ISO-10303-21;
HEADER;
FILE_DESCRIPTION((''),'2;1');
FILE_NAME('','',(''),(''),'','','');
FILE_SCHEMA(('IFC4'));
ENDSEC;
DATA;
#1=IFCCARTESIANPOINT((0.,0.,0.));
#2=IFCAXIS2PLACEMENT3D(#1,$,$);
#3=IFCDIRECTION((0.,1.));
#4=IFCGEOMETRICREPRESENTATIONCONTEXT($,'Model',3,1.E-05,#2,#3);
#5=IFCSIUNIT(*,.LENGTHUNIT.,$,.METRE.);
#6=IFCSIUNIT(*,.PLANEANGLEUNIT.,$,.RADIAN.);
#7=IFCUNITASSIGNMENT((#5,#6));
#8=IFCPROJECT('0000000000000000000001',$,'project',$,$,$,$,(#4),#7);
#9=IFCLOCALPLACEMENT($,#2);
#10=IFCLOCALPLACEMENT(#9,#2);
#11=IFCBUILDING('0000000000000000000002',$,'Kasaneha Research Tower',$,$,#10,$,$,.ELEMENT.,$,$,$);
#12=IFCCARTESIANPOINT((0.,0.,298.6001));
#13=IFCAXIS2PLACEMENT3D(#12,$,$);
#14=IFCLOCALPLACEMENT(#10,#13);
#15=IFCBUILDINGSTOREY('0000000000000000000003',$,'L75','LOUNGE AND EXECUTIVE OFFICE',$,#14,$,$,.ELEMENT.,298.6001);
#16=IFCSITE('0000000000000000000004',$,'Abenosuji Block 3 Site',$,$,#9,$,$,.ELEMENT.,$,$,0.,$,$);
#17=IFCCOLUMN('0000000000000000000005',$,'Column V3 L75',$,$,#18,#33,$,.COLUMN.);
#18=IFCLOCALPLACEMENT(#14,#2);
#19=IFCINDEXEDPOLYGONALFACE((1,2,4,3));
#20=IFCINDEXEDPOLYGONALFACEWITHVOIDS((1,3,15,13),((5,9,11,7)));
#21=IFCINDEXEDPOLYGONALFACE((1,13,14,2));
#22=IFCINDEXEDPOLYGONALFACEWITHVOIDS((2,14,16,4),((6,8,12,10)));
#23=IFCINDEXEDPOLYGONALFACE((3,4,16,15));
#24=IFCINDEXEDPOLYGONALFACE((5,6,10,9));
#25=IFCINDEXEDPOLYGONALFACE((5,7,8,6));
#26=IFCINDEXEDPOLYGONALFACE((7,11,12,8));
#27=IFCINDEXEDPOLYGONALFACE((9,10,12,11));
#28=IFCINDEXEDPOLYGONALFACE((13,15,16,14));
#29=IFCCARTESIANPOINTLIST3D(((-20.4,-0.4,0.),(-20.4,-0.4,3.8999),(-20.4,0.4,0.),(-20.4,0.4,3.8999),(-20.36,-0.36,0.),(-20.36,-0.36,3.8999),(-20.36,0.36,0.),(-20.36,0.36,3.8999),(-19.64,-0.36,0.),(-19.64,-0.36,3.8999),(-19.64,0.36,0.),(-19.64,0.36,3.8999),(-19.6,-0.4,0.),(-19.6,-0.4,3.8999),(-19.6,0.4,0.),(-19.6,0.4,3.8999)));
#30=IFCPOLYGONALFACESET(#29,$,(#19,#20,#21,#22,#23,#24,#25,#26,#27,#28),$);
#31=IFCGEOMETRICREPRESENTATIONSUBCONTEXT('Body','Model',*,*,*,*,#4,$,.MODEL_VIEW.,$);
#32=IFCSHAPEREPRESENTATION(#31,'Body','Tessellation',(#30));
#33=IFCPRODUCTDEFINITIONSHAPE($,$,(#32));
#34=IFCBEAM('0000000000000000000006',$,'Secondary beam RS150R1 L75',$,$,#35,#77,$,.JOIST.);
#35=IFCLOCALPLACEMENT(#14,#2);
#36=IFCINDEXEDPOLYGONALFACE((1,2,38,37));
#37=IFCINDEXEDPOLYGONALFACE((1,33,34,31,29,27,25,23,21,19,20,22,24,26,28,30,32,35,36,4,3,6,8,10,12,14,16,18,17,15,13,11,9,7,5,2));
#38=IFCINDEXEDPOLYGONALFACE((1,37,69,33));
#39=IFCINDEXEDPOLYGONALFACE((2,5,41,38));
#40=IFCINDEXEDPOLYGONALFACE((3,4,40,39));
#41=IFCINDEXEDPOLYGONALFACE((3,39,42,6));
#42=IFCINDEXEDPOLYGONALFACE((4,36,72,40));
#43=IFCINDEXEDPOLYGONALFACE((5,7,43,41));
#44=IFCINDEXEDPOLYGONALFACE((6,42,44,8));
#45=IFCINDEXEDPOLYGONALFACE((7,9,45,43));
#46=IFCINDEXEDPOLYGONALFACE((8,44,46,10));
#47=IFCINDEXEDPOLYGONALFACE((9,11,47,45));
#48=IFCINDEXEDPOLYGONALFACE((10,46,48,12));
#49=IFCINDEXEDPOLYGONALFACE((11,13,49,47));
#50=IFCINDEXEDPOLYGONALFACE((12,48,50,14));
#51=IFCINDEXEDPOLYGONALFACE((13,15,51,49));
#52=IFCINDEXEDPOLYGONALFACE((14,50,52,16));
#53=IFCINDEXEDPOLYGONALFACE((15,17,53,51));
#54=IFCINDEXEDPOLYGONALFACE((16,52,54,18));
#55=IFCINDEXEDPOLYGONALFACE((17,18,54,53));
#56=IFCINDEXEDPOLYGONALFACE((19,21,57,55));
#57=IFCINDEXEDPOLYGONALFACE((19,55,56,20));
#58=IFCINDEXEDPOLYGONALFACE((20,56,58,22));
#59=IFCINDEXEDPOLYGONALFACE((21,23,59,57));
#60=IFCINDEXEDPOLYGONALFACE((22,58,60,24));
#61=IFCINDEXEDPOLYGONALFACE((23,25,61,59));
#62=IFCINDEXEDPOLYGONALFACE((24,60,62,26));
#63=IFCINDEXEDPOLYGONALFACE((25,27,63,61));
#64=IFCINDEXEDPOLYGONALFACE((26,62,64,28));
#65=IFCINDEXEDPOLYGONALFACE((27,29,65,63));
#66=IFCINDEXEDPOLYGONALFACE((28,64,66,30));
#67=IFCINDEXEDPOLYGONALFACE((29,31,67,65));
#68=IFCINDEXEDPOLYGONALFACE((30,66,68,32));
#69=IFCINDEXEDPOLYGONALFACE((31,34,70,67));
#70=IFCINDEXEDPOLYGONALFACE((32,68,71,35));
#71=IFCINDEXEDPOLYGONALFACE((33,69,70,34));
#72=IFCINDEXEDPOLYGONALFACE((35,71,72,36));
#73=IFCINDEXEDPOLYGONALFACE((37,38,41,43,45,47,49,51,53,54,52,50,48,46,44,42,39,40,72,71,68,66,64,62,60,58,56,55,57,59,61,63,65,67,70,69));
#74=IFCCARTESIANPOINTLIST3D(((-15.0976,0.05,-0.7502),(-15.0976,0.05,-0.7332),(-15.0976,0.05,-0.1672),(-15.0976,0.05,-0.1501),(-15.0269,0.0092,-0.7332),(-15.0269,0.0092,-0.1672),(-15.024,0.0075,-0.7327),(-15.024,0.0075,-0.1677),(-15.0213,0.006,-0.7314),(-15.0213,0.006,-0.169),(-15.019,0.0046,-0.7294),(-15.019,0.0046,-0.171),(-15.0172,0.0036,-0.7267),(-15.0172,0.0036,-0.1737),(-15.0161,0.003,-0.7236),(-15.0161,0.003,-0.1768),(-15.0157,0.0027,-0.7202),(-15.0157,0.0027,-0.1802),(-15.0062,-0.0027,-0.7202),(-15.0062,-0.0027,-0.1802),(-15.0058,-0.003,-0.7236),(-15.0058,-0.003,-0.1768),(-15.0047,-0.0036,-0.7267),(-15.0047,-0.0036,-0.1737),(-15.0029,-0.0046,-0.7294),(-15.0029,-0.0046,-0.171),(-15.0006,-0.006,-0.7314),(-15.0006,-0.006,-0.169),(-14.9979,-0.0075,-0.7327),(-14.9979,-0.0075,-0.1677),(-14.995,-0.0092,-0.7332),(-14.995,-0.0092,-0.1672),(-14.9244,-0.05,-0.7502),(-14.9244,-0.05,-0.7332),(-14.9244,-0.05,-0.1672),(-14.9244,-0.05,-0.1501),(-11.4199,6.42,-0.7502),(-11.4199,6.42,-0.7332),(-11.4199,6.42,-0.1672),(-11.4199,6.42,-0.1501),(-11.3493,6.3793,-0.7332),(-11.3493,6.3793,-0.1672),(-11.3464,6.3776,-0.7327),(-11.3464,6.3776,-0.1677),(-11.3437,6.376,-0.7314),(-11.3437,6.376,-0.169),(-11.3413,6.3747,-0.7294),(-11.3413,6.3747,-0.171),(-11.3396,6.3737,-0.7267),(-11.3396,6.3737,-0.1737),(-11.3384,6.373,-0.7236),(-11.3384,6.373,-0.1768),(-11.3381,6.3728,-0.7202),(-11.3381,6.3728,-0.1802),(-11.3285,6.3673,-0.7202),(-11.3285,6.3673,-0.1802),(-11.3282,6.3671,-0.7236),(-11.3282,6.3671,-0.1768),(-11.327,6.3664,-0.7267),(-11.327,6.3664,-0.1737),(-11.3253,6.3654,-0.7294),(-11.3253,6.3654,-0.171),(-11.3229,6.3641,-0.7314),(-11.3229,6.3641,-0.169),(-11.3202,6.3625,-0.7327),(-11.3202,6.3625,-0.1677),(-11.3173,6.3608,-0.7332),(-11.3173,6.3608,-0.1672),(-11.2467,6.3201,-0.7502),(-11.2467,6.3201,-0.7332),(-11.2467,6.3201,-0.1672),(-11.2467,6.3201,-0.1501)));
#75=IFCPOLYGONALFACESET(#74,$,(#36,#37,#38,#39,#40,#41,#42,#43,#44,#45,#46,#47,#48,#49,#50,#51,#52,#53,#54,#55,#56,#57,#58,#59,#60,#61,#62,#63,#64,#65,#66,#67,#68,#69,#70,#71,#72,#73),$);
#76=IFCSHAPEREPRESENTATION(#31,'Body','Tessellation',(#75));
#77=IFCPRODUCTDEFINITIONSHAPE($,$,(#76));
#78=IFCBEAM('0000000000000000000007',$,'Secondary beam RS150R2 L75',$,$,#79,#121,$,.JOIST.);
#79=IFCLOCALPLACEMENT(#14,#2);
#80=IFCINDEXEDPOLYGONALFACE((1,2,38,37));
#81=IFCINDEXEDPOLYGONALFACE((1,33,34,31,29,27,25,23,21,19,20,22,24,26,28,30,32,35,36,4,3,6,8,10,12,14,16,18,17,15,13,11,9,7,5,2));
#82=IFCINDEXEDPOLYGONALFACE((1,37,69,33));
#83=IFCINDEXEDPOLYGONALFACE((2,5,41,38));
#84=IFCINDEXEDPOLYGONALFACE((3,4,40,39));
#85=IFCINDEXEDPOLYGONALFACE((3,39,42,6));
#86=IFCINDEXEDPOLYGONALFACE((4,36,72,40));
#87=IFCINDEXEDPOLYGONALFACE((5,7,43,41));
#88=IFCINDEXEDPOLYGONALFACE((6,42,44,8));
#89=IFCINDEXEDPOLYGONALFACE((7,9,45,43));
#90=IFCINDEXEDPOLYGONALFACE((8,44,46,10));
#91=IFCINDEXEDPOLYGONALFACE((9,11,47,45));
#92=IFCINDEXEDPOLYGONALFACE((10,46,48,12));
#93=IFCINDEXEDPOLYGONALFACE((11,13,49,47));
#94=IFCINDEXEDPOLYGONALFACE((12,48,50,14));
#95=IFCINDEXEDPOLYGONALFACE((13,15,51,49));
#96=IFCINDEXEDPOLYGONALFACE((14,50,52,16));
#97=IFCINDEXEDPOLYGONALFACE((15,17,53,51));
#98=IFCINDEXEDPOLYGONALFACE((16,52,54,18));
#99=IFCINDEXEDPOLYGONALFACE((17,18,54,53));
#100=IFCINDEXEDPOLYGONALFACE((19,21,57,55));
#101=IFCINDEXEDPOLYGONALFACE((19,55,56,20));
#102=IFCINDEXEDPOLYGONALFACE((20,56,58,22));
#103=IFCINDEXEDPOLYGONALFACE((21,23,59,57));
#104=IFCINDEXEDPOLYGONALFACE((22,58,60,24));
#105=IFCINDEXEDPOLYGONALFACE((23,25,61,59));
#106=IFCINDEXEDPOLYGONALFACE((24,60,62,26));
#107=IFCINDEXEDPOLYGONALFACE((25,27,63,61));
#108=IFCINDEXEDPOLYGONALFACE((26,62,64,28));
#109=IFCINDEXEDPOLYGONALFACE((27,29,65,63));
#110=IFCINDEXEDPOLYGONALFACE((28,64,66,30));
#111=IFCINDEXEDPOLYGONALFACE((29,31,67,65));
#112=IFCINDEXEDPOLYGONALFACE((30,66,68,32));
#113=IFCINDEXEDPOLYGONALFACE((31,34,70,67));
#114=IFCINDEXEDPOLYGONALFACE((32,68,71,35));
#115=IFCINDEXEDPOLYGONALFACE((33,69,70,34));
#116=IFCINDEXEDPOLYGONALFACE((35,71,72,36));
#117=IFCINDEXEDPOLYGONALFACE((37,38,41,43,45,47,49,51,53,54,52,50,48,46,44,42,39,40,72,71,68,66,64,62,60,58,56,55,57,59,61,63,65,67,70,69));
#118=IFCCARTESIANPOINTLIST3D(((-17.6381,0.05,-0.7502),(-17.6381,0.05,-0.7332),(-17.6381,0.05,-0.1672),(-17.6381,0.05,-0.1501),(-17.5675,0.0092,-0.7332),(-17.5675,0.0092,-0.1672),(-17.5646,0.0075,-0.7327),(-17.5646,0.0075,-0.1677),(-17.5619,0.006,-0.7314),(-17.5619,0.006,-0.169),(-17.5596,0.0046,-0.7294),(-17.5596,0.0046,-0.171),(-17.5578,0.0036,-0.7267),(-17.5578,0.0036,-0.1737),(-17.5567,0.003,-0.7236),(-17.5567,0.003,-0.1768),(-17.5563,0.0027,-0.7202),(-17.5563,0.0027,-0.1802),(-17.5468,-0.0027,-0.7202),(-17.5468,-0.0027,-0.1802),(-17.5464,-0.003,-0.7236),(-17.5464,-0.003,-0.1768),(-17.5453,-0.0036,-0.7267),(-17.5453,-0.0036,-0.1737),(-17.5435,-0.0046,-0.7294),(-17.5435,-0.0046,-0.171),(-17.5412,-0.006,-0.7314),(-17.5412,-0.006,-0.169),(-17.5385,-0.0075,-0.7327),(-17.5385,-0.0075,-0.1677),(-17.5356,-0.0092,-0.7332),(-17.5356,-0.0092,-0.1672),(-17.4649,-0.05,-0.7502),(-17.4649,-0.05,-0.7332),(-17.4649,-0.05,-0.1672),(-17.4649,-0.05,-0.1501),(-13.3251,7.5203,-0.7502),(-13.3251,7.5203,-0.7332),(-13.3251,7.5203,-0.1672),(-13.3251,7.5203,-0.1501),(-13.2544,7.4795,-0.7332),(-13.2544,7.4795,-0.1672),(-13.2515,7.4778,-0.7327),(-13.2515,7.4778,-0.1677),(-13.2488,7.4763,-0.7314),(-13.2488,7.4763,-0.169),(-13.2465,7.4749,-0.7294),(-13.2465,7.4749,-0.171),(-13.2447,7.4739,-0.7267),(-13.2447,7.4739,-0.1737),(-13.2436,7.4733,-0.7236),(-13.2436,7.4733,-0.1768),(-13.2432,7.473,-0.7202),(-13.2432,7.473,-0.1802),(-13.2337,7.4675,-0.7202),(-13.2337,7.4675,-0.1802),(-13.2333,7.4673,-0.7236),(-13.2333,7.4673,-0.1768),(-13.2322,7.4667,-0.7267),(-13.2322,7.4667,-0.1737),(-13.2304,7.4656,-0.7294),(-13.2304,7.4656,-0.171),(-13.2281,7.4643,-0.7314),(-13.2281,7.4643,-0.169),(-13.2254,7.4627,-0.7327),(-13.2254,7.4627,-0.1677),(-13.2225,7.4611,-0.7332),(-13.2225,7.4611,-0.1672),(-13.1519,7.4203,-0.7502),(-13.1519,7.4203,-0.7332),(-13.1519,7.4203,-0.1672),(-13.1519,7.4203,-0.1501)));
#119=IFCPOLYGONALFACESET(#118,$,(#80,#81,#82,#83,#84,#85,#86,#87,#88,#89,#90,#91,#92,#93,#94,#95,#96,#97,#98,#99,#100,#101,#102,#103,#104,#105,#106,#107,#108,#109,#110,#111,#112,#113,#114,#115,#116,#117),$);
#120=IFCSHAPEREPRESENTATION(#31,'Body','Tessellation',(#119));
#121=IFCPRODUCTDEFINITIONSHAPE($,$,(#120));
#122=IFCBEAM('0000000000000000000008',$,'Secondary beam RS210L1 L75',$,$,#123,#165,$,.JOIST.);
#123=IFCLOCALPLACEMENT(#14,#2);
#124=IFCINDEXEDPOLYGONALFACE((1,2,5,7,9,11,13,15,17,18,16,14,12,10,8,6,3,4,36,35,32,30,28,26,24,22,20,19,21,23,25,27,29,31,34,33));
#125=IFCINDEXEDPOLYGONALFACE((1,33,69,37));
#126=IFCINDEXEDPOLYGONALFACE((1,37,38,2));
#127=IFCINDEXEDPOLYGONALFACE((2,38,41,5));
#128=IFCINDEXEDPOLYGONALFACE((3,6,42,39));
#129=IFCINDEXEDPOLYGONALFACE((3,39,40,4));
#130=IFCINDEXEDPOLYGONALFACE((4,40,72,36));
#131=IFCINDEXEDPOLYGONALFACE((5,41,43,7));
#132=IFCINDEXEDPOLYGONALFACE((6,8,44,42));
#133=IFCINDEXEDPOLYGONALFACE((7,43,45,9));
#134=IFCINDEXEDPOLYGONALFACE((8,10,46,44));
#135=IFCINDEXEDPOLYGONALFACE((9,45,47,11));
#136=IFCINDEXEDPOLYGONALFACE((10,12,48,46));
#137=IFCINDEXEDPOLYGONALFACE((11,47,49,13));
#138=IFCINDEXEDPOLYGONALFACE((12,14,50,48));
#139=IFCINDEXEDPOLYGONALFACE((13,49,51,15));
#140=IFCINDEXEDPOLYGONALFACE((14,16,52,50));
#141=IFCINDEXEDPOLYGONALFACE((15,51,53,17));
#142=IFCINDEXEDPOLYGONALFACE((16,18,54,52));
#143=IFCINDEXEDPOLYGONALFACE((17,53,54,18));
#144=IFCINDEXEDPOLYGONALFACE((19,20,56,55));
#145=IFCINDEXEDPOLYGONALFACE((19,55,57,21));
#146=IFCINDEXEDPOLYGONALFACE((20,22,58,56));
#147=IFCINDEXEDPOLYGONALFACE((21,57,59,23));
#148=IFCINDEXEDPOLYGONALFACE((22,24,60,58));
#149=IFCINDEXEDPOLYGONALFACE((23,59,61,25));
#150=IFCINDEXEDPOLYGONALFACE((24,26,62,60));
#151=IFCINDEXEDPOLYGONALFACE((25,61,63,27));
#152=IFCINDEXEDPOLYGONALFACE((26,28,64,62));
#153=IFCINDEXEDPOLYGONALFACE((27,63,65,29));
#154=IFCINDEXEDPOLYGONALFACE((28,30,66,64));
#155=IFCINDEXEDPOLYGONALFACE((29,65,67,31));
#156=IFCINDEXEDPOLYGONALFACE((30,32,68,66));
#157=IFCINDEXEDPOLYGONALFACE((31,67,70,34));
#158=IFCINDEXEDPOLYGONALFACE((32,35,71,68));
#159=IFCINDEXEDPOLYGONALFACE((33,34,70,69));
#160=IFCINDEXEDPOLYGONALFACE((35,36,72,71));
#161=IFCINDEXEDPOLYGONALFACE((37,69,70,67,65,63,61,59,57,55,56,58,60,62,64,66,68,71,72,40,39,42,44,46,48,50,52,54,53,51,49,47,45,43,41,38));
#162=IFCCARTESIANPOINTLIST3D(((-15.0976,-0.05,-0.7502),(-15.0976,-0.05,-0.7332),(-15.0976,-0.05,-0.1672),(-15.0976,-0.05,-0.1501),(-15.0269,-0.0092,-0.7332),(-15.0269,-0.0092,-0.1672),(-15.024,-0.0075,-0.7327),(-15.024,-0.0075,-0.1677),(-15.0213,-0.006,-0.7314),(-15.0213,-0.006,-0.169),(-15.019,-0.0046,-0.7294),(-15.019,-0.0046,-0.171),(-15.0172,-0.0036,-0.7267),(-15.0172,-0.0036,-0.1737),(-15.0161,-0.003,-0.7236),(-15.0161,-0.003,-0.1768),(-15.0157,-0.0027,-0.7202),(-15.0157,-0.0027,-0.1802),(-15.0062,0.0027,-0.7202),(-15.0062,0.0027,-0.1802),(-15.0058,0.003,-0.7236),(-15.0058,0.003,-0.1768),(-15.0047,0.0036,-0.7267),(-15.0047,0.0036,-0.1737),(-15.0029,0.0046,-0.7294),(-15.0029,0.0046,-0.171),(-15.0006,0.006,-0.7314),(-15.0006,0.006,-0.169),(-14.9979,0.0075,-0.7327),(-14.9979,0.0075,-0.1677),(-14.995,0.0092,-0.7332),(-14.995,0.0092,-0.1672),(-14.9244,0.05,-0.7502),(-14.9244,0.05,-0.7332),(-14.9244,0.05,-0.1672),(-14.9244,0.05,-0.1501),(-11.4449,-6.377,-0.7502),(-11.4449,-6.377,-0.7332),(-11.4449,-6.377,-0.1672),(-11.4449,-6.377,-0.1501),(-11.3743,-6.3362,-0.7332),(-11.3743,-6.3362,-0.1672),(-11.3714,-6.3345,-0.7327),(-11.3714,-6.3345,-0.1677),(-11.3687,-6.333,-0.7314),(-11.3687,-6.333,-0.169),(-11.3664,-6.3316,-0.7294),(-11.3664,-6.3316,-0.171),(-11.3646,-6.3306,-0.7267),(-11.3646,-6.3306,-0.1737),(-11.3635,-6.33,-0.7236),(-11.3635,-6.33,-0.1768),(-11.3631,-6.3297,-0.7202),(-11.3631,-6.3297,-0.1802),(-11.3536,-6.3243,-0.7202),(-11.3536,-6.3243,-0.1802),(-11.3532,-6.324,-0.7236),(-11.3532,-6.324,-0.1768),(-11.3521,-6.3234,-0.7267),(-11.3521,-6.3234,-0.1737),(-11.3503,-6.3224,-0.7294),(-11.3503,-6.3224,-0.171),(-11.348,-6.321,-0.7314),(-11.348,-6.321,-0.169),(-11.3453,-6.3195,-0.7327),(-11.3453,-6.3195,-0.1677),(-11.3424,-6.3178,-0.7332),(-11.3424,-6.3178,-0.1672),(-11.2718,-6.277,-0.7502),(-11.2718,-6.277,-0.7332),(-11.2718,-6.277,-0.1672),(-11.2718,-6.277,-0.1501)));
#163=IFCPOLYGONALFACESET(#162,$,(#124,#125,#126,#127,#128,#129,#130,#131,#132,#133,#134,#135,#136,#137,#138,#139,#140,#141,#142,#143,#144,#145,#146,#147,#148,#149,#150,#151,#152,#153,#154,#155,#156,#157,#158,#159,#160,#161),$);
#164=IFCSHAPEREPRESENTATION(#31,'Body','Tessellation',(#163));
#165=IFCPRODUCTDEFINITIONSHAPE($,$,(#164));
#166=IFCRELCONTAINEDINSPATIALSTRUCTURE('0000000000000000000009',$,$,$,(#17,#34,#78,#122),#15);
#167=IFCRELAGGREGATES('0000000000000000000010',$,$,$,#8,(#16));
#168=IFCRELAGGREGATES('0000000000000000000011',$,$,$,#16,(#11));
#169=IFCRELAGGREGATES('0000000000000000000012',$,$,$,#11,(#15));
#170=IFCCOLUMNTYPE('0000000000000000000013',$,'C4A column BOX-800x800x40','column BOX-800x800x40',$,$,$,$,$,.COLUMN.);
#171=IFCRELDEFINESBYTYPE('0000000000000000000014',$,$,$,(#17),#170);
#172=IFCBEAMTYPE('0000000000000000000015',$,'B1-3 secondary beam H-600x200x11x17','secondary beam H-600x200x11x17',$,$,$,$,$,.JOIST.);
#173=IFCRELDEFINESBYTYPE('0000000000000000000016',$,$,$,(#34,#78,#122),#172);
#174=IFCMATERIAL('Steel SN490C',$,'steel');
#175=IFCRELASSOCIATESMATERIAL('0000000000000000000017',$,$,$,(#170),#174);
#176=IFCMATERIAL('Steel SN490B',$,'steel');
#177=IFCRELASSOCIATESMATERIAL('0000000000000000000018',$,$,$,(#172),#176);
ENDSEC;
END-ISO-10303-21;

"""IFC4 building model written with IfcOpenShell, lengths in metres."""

from ifc_helpers import new_model, si_unit, direction, frame, origin, origin_2d, place, context, subcontext, project, spatial, hollow_rectangle, i_section, extrude, material, material_profile, profile_set, type_object, element, save


model = new_model("IFC4")

# Units and contexts
model_context = context("Model", 3, precision=1e-05, world=origin(), true_north=direction((0.0, 1.0)))
body_context = subcontext(model_context, "Body", "Model", "MODEL_VIEW")
ifc_project = project(units=[si_unit("LENGTHUNIT", "METRE"), si_unit("PLANEANGLEUNIT", "RADIAN")], contexts=[model_context])

# Site, building, storey
site_placement = place(None, origin())
site = spatial("IfcSite", under=ifc_project, at=site_placement, Name="Abenosuji Block 3 Site", CompositionType="ELEMENT", RefElevation=0.0)
building_placement = place(site_placement, origin())
building = spatial("IfcBuilding", under=site, at=building_placement, Name="Kasaneha Research Tower", CompositionType="ELEMENT")
storey_placement = place(building_placement, frame((0.0, 0.0, 298.6001)))
storey = spatial("IfcBuildingStorey", under=building, at=storey_placement, Name="L75", Description="LOUNGE AND EXECUTIVE OFFICE", CompositionType="ELEMENT", Elevation=298.6001)

# Column
ifc_material_1 = material(Name="Steel SN490C", Category="steel")
ifc_material_profile_1 = material_profile(ifc_material_1, hollow_rectangle(XDim=0.8, YDim=0.8, WallThickness=0.04, at=origin_2d()), Name="BOX-800x800x40")
ifc_profile_set_1 = profile_set([ifc_material_profile_1], Name="Steel SN490C")
column_type = type_object("IfcColumnType", Name="C4A column BOX-800x800x40", Description="column BOX-800x800x40", PredefinedType="COLUMN", material=ifc_profile_set_1)
column_placement = place(storey_placement, frame((-20.0, 0.0, 0.0), z_axis=(0.0, 0.0, 1.0), x_axis=(1.0, 0.0, 0.0)))
element("IfcColumn", 1, at=column_placement, inside=storey, type_object=column_type, Name="Column V3 L75", PredefinedType="COLUMN", context=body_context, shape_type="SweptSolid", body=[
    extrude(hollow_rectangle(XDim=0.8, YDim=0.8, WallThickness=0.04, at=origin_2d()), origin(), (0.0, 0.0, 1.0), 3.8999),
])

# Beams
ifc_material_2 = material(Name="Steel SN490B", Category="steel")
ifc_material_profile_2 = material_profile(ifc_material_2, i_section(OverallWidth=0.2, OverallDepth=0.6001, WebThickness=0.011, FlangeThickness=0.0171, FilletRadius=0.0129, at=origin_2d()), Name="H-600x200x11x17")
ifc_profile_set_2 = profile_set([ifc_material_profile_2], Name="Steel SN490B")
beam_type_1 = type_object("IfcBeamType", Name="B1-3 secondary beam H-600x200x11x17", Description="secondary beam H-600x200x11x17", PredefinedType="JOIST", material=ifc_profile_set_2)
beam_1_placement = place(storey_placement, frame((-15.011, 0.0, -0.4502), z_axis=(0.499994, 0.866029, 0.0), x_axis=(-0.866029, 0.499994, 0.0)))
element("IfcBeam", 2, at=beam_1_placement, inside=storey, type_object=beam_type_1, Name="Secondary beam RS150R1 L75", PredefinedType="JOIST", context=body_context, shape_type="SweptSolid", body=[
    extrude(i_section(OverallWidth=0.2, OverallDepth=0.6001, WebThickness=0.011, FlangeThickness=0.0171, FilletRadius=0.0129, at=origin_2d()), origin(), (0.0, 0.0, 1.0), 7.3555),
])
beam_2_placement = place(storey_placement, frame((-17.5515, 0.0, -0.4502), z_axis=(0.500005, 0.866023, 0.0), x_axis=(-0.866023, 0.500005, 0.0)))
element("IfcBeam", 3, at=beam_2_placement, inside=storey, type_object=beam_type_1, Name="Secondary beam RS150R2 L75", PredefinedType="JOIST", context=body_context, shape_type="SweptSolid", body=[
    extrude(i_section(OverallWidth=0.2, OverallDepth=0.6001, WebThickness=0.011, FlangeThickness=0.0171, FilletRadius=0.0129, at=origin_2d()), origin(), (0.0, 0.0, 1.0), 8.626),
])
beam_3_placement = place(storey_placement, frame((-15.011, 0.0, -0.4502), z_axis=(0.499974, -0.86604, 0.0), x_axis=(0.86604, 0.499974, 0.0)))
element("IfcBeam", 4, at=beam_3_placement, inside=storey, type_object=beam_type_1, Name="Secondary beam RS210L1 L75", PredefinedType="JOIST", context=body_context, shape_type="SweptSolid", body=[
    extrude(i_section(OverallWidth=0.2, OverallDepth=0.6001, WebThickness=0.011, FlangeThickness=0.0171, FilletRadius=0.0129, at=origin_2d()), origin(), (0.0, 0.0, 1.0), 7.3057),
])

save(model, "model.ifc")
